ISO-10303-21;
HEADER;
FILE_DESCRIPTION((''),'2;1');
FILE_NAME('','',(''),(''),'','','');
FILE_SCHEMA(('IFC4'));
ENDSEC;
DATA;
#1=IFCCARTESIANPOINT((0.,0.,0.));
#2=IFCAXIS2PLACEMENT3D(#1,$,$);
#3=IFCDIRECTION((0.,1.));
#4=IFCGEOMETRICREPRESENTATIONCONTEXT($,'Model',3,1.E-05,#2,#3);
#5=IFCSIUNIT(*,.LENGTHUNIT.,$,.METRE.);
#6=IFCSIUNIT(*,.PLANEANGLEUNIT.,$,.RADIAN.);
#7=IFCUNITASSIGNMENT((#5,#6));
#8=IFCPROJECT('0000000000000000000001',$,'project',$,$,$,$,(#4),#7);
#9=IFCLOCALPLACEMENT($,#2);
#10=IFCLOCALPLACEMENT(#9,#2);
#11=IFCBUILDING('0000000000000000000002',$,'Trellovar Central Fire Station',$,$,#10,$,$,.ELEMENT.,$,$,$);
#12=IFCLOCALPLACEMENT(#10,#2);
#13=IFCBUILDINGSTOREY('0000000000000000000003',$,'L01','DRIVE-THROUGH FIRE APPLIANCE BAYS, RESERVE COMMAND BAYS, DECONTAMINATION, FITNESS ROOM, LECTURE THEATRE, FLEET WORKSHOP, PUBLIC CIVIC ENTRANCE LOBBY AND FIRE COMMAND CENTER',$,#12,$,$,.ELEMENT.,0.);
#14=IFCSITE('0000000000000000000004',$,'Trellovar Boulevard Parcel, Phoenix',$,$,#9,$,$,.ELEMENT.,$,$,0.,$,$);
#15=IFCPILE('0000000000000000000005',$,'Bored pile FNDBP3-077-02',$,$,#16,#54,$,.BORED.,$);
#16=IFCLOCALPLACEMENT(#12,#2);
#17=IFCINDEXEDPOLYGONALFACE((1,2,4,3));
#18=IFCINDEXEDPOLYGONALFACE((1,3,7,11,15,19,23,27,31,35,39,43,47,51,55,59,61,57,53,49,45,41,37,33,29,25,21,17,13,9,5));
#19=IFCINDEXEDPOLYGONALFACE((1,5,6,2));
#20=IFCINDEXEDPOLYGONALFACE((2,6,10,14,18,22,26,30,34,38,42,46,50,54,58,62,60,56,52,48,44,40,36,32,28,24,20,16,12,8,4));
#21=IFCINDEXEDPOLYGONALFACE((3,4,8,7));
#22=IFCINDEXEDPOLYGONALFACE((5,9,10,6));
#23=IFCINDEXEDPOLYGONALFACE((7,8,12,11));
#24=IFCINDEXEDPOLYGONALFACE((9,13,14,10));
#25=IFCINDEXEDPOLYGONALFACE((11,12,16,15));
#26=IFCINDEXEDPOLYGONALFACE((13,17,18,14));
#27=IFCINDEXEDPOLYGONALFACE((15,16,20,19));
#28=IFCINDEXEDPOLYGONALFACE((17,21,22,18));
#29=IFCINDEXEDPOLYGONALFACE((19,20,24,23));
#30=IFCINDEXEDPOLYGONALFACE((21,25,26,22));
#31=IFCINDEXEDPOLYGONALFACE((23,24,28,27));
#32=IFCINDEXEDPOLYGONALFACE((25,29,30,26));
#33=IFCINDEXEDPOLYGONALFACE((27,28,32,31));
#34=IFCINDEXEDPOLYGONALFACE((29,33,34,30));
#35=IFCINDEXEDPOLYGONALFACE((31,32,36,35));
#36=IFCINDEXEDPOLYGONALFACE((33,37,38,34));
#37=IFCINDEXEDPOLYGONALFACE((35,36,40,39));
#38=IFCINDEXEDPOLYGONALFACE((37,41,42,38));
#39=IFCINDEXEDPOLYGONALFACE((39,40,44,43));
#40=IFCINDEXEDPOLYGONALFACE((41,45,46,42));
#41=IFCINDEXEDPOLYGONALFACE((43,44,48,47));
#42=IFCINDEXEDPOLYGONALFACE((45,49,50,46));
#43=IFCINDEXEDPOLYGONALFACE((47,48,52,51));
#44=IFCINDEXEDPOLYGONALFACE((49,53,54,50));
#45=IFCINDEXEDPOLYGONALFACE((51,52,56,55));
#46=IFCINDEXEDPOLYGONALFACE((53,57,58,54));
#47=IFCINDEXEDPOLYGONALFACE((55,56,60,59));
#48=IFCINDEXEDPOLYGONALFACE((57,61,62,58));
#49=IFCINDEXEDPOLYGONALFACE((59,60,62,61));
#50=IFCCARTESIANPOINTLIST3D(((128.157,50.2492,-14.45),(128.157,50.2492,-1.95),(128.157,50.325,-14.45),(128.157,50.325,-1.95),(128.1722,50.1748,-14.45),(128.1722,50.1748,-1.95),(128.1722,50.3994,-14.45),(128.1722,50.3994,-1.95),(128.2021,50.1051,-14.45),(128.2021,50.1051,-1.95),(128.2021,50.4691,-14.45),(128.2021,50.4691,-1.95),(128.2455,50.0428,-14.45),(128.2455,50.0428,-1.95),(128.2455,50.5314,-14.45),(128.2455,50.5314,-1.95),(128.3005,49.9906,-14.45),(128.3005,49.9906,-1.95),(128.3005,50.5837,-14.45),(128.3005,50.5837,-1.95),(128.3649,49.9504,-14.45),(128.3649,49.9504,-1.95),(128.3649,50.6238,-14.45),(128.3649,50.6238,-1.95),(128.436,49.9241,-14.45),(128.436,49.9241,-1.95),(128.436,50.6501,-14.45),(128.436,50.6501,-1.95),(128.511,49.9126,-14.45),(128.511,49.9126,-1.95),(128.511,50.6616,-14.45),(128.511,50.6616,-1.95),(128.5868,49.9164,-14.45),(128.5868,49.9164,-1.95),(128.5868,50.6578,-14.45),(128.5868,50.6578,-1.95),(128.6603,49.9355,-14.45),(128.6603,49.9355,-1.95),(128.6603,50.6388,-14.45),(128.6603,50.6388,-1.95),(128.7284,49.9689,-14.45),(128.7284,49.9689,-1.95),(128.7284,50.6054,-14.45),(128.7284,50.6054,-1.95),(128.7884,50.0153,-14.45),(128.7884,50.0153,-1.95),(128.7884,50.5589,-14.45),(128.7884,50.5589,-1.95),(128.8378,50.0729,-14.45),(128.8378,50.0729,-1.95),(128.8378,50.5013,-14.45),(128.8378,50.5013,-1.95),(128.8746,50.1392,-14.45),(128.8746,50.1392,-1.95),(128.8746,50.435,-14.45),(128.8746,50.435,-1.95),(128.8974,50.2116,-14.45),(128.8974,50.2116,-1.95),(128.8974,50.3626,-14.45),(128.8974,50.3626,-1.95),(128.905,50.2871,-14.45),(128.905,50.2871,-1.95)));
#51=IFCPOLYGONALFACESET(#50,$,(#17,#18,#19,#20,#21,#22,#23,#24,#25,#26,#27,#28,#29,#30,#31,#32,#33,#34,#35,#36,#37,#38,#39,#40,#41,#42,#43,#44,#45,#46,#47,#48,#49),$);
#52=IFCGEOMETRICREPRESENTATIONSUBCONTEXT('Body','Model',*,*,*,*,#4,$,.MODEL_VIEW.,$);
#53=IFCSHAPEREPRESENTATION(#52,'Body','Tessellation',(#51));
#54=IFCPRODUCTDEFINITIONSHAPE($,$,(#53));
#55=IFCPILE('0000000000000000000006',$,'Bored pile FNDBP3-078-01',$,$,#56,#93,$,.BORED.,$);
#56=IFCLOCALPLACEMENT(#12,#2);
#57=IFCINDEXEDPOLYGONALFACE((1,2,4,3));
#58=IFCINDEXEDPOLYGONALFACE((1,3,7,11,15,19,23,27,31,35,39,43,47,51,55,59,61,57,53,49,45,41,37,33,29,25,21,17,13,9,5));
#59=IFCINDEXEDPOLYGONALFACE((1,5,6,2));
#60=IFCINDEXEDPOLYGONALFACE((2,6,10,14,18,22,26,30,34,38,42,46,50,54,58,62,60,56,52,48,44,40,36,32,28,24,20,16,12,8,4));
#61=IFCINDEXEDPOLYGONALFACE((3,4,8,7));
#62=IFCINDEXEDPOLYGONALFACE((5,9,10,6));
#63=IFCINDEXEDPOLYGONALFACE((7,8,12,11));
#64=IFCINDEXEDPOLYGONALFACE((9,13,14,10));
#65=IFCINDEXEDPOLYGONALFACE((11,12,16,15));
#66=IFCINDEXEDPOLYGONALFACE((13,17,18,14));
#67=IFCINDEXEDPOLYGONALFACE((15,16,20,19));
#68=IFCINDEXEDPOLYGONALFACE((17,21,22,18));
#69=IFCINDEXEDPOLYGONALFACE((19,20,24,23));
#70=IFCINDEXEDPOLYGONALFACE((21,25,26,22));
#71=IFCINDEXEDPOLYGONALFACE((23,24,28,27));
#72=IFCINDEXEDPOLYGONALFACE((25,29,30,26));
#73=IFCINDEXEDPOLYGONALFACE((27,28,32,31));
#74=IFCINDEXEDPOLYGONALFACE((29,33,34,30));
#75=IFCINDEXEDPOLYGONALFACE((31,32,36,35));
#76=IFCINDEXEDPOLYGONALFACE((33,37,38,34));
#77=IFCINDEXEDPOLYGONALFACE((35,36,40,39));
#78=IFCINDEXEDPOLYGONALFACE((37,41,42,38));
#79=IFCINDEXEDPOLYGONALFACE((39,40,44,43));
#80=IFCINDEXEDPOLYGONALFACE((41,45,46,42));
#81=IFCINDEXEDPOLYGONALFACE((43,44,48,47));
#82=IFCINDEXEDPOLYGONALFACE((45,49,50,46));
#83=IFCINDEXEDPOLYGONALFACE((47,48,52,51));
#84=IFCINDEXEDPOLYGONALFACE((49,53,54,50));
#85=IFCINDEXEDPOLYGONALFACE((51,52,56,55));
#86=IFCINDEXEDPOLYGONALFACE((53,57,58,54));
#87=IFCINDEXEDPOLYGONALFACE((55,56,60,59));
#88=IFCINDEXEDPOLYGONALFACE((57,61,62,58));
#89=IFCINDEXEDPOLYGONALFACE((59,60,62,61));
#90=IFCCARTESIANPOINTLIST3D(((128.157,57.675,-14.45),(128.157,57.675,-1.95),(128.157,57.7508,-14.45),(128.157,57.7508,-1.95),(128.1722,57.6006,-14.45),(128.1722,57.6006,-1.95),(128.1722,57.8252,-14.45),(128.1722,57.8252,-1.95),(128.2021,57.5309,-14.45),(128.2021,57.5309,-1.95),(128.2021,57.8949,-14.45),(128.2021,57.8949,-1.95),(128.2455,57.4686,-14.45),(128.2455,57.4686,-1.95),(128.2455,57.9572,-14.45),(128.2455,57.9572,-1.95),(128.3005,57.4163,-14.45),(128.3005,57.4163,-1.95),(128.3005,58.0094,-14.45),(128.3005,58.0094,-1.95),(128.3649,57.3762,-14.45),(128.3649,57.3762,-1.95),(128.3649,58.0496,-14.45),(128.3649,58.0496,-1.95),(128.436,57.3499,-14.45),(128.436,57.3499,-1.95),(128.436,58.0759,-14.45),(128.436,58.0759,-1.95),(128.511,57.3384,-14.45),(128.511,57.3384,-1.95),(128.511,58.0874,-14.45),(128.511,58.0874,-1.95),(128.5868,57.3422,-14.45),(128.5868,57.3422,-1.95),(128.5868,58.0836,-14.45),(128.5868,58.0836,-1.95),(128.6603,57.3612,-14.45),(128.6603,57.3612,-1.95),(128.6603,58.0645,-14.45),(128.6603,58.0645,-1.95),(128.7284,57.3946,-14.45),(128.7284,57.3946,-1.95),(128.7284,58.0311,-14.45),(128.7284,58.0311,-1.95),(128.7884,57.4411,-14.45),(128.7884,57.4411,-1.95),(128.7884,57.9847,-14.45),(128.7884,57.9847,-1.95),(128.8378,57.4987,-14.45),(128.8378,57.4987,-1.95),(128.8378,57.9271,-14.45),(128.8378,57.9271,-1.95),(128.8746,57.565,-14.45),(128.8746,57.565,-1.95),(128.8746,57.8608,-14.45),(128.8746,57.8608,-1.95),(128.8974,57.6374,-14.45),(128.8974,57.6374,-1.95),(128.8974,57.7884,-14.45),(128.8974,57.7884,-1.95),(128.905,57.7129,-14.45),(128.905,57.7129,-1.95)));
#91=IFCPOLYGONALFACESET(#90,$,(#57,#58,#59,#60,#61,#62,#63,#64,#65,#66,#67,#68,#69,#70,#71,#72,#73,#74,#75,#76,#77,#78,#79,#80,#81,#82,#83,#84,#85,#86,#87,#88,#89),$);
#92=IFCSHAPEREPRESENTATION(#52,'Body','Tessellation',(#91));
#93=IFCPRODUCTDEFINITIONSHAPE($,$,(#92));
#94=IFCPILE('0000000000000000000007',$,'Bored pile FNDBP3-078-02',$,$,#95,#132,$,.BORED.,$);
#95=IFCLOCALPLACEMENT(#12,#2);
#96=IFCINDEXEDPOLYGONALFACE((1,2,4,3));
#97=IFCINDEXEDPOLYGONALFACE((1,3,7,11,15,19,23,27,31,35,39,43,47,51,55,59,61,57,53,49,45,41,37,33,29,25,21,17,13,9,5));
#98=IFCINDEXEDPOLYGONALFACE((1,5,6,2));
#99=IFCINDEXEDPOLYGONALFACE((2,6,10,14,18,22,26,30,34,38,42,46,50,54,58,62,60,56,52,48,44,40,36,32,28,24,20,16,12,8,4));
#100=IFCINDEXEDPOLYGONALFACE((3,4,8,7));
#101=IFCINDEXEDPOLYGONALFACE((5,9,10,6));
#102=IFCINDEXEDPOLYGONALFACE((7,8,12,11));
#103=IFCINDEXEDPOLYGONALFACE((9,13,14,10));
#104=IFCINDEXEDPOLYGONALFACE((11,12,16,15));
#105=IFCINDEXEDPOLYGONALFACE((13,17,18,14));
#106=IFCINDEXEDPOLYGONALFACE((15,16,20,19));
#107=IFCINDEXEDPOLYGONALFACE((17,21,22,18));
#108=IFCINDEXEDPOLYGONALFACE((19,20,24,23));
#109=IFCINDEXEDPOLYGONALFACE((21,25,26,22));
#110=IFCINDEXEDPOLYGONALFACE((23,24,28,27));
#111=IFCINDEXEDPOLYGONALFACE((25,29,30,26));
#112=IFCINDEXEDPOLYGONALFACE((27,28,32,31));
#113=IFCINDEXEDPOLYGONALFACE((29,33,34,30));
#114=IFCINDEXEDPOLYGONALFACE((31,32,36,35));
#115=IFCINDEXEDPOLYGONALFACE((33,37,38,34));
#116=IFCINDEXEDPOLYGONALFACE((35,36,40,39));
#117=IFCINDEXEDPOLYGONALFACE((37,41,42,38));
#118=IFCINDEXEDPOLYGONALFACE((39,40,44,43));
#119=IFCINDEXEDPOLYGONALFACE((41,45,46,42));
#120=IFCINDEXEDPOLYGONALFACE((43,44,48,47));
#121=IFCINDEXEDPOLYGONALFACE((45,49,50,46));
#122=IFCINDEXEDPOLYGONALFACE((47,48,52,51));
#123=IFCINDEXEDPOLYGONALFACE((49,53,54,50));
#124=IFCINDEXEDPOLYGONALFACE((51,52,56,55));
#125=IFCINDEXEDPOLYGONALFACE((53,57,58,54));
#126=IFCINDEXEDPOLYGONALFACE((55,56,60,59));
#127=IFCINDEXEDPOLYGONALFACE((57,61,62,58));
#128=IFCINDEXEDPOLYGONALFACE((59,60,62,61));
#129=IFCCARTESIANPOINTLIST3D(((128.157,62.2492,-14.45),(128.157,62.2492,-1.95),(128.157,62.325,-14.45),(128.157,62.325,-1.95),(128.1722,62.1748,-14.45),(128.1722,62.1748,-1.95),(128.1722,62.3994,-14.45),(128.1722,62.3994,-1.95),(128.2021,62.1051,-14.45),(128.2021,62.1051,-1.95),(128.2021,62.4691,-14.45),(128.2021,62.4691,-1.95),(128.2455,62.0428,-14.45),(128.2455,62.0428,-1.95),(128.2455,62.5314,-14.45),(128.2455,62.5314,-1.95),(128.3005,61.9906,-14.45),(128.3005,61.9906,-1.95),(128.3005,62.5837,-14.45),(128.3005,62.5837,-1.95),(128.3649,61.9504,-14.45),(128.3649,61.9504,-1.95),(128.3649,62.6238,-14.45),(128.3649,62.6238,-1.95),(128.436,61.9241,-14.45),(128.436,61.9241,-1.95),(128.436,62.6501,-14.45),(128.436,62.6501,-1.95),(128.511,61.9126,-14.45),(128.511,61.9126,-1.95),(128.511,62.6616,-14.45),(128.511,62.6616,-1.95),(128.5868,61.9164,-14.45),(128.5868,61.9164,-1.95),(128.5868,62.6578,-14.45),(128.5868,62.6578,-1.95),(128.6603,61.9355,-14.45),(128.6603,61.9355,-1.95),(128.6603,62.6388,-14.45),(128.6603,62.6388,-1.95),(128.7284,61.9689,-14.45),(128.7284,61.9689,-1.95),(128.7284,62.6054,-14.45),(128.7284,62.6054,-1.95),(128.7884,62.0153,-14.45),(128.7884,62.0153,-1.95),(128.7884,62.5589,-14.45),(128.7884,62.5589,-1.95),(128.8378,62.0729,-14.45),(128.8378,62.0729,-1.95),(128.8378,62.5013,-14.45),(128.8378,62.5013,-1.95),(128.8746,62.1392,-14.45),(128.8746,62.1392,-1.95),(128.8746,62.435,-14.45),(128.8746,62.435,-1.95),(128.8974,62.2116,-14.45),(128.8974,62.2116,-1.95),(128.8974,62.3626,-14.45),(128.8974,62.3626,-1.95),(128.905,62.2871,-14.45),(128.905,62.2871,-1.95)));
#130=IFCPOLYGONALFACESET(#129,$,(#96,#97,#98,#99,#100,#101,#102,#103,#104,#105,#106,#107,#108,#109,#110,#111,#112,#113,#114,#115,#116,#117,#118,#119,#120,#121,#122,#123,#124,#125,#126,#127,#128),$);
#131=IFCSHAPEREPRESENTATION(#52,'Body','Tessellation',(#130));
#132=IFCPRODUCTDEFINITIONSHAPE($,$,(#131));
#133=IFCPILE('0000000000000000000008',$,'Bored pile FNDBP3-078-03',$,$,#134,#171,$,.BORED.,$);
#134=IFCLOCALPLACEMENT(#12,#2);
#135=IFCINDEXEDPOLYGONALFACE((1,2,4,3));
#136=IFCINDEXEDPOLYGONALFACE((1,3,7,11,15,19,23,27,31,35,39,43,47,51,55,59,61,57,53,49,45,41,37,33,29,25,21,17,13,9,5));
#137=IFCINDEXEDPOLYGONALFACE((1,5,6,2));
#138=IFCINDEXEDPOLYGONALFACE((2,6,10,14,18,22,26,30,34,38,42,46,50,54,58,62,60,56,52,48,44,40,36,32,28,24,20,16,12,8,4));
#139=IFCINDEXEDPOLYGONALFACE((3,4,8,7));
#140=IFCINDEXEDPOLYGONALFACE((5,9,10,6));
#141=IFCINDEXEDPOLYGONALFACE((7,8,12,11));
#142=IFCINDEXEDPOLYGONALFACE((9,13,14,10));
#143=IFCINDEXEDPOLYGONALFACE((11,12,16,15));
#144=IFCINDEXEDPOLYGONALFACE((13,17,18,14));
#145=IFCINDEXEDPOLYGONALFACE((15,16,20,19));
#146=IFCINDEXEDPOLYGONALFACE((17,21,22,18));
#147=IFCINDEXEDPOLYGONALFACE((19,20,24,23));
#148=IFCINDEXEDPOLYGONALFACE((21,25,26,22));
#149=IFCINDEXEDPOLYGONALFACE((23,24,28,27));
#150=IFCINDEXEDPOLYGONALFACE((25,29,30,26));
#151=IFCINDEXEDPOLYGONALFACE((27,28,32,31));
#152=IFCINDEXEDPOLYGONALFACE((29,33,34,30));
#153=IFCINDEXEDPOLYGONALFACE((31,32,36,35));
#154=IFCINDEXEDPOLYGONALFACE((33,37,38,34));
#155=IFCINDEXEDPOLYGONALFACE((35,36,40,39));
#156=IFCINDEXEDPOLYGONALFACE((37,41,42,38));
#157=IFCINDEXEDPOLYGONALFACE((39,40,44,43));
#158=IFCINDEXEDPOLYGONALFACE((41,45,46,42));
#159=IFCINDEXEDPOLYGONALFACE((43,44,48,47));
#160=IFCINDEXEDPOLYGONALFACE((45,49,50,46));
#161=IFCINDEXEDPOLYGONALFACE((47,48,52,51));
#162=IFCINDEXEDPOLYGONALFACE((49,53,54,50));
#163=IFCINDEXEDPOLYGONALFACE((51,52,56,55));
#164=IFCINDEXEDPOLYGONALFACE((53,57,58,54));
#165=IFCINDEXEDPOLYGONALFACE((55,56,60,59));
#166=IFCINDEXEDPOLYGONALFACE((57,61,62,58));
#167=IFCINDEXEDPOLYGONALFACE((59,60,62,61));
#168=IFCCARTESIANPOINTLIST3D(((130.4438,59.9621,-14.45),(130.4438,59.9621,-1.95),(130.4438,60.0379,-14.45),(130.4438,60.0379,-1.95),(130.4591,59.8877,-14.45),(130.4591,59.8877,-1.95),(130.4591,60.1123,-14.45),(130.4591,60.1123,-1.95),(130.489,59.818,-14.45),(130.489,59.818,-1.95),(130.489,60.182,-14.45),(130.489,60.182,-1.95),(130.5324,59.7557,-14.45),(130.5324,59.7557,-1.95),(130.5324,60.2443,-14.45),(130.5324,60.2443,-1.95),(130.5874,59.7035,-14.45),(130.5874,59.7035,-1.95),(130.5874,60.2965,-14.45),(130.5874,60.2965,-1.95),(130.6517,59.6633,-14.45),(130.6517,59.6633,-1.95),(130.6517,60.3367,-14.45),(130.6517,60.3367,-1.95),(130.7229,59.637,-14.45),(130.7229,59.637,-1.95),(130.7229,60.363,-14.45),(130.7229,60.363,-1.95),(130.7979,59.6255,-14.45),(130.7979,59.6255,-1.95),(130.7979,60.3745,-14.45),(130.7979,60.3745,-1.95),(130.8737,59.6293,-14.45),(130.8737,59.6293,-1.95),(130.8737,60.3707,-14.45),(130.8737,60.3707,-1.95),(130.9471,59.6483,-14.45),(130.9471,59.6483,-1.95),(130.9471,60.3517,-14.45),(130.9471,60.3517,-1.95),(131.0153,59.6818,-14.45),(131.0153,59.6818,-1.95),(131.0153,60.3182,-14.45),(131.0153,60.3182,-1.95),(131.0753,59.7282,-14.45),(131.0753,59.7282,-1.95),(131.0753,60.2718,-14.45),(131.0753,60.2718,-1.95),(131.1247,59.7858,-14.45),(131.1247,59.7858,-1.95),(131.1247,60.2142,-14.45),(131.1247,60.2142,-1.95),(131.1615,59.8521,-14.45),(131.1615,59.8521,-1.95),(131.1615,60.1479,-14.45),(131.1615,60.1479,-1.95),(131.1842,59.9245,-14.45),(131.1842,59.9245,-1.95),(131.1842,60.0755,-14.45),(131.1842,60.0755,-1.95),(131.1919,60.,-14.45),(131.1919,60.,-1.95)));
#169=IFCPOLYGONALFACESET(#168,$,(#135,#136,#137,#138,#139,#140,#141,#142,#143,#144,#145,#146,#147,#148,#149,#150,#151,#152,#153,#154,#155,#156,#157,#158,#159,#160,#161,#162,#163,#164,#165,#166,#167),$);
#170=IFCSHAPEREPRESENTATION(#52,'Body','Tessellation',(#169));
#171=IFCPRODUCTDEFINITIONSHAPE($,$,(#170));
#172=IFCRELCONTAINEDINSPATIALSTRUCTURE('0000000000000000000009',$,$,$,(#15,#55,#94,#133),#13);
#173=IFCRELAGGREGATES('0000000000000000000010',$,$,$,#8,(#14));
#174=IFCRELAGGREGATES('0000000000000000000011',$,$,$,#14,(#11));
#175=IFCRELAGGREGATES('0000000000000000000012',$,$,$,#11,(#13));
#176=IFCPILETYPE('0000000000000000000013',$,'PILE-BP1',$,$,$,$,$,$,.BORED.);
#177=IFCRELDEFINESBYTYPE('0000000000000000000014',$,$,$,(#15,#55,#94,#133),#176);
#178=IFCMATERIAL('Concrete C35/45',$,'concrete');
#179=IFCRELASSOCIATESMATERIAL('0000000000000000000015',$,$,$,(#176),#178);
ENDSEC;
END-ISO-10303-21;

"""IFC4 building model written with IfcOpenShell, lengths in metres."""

from ifc_helpers import new_model, si_unit, direction, frame, origin, origin_2d, place, context, subcontext, project, spatial, circle, extrude, material, material_profile, profile_set, type_object, element, save


model = new_model("IFC4")

# Units and contexts
model_context = context("Model", 3, precision=1e-05, world=origin(), true_north=direction((0.0, 1.0)))
body_context = subcontext(model_context, "Body", "Model", "MODEL_VIEW")
ifc_project = project(units=[si_unit("LENGTHUNIT", "METRE"), si_unit("PLANEANGLEUNIT", "RADIAN")], contexts=[model_context])

# Site, building, storey
site_placement = place(None, origin())
site = spatial("IfcSite", under=ifc_project, at=site_placement, Name="Trellovar Boulevard Parcel, Phoenix", CompositionType="ELEMENT", RefElevation=0.0)
building_placement = place(site_placement, origin())
building = spatial("IfcBuilding", under=site, at=building_placement, Name="Trellovar Central Fire Station", CompositionType="ELEMENT")
storey_placement = place(building_placement, origin())
storey = spatial("IfcBuildingStorey", under=building, at=storey_placement, Name="L01", Description="DRIVE-THROUGH FIRE APPLIANCE BAYS, RESERVE COMMAND BAYS, DECONTAMINATION, FITNESS ROOM, LECTURE THEATRE, FLEET WORKSHOP, PUBLIC CIVIC ENTRANCE LOBBY AND FIRE COMMAND CENTER", CompositionType="ELEMENT", Elevation=0.0)

# Piles
ifc_material_1 = material(Name="Concrete C35/45", Category="concrete")
ifc_material_profile_1 = material_profile(ifc_material_1, circle(Radius=0.375, at=origin_2d()), Name="PILE750")
ifc_profile_set_1 = profile_set([ifc_material_profile_1], Name="Concrete C35/45")
pile_type_1 = type_object("IfcPileType", Name="PILE-BP1", PredefinedType="BORED", material=ifc_profile_set_1)
for number, where, z_axis, x_axis, name in (
    (1, (128.53, 50.2871, -1.95), (0.0, 0.0, -1.0), (1.0, 0.0, 0.0), "Bored pile FNDBP3-077-02"),
    (2, (128.53, 57.7129, -1.95), (0.0, 0.0, -1.0), (1.0, 0.0, 0.0), "Bored pile FNDBP3-078-01"),
    (3, (128.53, 62.2871, -1.95), (0.0, 0.0, -1.0), (1.0, 0.0, 0.0), "Bored pile FNDBP3-078-02"),
    (4, (130.8169, 60.0, -1.95), (0.0, 0.0, -1.0), (1.0, 0.0, 0.0), "Bored pile FNDBP3-078-03"),
):
    element("IfcPile", number, at=place(storey_placement, frame(where, z_axis=z_axis, x_axis=x_axis)), inside=storey, type_object=pile_type_1, Name=name, PredefinedType="BORED", context=body_context, shape_type="SweptSolid", body=[
        extrude(circle(Radius=0.375, at=origin_2d()), origin(), (0.0, 0.0, 1.0), 12.5),
    ])

save(model, "model.ifc")
